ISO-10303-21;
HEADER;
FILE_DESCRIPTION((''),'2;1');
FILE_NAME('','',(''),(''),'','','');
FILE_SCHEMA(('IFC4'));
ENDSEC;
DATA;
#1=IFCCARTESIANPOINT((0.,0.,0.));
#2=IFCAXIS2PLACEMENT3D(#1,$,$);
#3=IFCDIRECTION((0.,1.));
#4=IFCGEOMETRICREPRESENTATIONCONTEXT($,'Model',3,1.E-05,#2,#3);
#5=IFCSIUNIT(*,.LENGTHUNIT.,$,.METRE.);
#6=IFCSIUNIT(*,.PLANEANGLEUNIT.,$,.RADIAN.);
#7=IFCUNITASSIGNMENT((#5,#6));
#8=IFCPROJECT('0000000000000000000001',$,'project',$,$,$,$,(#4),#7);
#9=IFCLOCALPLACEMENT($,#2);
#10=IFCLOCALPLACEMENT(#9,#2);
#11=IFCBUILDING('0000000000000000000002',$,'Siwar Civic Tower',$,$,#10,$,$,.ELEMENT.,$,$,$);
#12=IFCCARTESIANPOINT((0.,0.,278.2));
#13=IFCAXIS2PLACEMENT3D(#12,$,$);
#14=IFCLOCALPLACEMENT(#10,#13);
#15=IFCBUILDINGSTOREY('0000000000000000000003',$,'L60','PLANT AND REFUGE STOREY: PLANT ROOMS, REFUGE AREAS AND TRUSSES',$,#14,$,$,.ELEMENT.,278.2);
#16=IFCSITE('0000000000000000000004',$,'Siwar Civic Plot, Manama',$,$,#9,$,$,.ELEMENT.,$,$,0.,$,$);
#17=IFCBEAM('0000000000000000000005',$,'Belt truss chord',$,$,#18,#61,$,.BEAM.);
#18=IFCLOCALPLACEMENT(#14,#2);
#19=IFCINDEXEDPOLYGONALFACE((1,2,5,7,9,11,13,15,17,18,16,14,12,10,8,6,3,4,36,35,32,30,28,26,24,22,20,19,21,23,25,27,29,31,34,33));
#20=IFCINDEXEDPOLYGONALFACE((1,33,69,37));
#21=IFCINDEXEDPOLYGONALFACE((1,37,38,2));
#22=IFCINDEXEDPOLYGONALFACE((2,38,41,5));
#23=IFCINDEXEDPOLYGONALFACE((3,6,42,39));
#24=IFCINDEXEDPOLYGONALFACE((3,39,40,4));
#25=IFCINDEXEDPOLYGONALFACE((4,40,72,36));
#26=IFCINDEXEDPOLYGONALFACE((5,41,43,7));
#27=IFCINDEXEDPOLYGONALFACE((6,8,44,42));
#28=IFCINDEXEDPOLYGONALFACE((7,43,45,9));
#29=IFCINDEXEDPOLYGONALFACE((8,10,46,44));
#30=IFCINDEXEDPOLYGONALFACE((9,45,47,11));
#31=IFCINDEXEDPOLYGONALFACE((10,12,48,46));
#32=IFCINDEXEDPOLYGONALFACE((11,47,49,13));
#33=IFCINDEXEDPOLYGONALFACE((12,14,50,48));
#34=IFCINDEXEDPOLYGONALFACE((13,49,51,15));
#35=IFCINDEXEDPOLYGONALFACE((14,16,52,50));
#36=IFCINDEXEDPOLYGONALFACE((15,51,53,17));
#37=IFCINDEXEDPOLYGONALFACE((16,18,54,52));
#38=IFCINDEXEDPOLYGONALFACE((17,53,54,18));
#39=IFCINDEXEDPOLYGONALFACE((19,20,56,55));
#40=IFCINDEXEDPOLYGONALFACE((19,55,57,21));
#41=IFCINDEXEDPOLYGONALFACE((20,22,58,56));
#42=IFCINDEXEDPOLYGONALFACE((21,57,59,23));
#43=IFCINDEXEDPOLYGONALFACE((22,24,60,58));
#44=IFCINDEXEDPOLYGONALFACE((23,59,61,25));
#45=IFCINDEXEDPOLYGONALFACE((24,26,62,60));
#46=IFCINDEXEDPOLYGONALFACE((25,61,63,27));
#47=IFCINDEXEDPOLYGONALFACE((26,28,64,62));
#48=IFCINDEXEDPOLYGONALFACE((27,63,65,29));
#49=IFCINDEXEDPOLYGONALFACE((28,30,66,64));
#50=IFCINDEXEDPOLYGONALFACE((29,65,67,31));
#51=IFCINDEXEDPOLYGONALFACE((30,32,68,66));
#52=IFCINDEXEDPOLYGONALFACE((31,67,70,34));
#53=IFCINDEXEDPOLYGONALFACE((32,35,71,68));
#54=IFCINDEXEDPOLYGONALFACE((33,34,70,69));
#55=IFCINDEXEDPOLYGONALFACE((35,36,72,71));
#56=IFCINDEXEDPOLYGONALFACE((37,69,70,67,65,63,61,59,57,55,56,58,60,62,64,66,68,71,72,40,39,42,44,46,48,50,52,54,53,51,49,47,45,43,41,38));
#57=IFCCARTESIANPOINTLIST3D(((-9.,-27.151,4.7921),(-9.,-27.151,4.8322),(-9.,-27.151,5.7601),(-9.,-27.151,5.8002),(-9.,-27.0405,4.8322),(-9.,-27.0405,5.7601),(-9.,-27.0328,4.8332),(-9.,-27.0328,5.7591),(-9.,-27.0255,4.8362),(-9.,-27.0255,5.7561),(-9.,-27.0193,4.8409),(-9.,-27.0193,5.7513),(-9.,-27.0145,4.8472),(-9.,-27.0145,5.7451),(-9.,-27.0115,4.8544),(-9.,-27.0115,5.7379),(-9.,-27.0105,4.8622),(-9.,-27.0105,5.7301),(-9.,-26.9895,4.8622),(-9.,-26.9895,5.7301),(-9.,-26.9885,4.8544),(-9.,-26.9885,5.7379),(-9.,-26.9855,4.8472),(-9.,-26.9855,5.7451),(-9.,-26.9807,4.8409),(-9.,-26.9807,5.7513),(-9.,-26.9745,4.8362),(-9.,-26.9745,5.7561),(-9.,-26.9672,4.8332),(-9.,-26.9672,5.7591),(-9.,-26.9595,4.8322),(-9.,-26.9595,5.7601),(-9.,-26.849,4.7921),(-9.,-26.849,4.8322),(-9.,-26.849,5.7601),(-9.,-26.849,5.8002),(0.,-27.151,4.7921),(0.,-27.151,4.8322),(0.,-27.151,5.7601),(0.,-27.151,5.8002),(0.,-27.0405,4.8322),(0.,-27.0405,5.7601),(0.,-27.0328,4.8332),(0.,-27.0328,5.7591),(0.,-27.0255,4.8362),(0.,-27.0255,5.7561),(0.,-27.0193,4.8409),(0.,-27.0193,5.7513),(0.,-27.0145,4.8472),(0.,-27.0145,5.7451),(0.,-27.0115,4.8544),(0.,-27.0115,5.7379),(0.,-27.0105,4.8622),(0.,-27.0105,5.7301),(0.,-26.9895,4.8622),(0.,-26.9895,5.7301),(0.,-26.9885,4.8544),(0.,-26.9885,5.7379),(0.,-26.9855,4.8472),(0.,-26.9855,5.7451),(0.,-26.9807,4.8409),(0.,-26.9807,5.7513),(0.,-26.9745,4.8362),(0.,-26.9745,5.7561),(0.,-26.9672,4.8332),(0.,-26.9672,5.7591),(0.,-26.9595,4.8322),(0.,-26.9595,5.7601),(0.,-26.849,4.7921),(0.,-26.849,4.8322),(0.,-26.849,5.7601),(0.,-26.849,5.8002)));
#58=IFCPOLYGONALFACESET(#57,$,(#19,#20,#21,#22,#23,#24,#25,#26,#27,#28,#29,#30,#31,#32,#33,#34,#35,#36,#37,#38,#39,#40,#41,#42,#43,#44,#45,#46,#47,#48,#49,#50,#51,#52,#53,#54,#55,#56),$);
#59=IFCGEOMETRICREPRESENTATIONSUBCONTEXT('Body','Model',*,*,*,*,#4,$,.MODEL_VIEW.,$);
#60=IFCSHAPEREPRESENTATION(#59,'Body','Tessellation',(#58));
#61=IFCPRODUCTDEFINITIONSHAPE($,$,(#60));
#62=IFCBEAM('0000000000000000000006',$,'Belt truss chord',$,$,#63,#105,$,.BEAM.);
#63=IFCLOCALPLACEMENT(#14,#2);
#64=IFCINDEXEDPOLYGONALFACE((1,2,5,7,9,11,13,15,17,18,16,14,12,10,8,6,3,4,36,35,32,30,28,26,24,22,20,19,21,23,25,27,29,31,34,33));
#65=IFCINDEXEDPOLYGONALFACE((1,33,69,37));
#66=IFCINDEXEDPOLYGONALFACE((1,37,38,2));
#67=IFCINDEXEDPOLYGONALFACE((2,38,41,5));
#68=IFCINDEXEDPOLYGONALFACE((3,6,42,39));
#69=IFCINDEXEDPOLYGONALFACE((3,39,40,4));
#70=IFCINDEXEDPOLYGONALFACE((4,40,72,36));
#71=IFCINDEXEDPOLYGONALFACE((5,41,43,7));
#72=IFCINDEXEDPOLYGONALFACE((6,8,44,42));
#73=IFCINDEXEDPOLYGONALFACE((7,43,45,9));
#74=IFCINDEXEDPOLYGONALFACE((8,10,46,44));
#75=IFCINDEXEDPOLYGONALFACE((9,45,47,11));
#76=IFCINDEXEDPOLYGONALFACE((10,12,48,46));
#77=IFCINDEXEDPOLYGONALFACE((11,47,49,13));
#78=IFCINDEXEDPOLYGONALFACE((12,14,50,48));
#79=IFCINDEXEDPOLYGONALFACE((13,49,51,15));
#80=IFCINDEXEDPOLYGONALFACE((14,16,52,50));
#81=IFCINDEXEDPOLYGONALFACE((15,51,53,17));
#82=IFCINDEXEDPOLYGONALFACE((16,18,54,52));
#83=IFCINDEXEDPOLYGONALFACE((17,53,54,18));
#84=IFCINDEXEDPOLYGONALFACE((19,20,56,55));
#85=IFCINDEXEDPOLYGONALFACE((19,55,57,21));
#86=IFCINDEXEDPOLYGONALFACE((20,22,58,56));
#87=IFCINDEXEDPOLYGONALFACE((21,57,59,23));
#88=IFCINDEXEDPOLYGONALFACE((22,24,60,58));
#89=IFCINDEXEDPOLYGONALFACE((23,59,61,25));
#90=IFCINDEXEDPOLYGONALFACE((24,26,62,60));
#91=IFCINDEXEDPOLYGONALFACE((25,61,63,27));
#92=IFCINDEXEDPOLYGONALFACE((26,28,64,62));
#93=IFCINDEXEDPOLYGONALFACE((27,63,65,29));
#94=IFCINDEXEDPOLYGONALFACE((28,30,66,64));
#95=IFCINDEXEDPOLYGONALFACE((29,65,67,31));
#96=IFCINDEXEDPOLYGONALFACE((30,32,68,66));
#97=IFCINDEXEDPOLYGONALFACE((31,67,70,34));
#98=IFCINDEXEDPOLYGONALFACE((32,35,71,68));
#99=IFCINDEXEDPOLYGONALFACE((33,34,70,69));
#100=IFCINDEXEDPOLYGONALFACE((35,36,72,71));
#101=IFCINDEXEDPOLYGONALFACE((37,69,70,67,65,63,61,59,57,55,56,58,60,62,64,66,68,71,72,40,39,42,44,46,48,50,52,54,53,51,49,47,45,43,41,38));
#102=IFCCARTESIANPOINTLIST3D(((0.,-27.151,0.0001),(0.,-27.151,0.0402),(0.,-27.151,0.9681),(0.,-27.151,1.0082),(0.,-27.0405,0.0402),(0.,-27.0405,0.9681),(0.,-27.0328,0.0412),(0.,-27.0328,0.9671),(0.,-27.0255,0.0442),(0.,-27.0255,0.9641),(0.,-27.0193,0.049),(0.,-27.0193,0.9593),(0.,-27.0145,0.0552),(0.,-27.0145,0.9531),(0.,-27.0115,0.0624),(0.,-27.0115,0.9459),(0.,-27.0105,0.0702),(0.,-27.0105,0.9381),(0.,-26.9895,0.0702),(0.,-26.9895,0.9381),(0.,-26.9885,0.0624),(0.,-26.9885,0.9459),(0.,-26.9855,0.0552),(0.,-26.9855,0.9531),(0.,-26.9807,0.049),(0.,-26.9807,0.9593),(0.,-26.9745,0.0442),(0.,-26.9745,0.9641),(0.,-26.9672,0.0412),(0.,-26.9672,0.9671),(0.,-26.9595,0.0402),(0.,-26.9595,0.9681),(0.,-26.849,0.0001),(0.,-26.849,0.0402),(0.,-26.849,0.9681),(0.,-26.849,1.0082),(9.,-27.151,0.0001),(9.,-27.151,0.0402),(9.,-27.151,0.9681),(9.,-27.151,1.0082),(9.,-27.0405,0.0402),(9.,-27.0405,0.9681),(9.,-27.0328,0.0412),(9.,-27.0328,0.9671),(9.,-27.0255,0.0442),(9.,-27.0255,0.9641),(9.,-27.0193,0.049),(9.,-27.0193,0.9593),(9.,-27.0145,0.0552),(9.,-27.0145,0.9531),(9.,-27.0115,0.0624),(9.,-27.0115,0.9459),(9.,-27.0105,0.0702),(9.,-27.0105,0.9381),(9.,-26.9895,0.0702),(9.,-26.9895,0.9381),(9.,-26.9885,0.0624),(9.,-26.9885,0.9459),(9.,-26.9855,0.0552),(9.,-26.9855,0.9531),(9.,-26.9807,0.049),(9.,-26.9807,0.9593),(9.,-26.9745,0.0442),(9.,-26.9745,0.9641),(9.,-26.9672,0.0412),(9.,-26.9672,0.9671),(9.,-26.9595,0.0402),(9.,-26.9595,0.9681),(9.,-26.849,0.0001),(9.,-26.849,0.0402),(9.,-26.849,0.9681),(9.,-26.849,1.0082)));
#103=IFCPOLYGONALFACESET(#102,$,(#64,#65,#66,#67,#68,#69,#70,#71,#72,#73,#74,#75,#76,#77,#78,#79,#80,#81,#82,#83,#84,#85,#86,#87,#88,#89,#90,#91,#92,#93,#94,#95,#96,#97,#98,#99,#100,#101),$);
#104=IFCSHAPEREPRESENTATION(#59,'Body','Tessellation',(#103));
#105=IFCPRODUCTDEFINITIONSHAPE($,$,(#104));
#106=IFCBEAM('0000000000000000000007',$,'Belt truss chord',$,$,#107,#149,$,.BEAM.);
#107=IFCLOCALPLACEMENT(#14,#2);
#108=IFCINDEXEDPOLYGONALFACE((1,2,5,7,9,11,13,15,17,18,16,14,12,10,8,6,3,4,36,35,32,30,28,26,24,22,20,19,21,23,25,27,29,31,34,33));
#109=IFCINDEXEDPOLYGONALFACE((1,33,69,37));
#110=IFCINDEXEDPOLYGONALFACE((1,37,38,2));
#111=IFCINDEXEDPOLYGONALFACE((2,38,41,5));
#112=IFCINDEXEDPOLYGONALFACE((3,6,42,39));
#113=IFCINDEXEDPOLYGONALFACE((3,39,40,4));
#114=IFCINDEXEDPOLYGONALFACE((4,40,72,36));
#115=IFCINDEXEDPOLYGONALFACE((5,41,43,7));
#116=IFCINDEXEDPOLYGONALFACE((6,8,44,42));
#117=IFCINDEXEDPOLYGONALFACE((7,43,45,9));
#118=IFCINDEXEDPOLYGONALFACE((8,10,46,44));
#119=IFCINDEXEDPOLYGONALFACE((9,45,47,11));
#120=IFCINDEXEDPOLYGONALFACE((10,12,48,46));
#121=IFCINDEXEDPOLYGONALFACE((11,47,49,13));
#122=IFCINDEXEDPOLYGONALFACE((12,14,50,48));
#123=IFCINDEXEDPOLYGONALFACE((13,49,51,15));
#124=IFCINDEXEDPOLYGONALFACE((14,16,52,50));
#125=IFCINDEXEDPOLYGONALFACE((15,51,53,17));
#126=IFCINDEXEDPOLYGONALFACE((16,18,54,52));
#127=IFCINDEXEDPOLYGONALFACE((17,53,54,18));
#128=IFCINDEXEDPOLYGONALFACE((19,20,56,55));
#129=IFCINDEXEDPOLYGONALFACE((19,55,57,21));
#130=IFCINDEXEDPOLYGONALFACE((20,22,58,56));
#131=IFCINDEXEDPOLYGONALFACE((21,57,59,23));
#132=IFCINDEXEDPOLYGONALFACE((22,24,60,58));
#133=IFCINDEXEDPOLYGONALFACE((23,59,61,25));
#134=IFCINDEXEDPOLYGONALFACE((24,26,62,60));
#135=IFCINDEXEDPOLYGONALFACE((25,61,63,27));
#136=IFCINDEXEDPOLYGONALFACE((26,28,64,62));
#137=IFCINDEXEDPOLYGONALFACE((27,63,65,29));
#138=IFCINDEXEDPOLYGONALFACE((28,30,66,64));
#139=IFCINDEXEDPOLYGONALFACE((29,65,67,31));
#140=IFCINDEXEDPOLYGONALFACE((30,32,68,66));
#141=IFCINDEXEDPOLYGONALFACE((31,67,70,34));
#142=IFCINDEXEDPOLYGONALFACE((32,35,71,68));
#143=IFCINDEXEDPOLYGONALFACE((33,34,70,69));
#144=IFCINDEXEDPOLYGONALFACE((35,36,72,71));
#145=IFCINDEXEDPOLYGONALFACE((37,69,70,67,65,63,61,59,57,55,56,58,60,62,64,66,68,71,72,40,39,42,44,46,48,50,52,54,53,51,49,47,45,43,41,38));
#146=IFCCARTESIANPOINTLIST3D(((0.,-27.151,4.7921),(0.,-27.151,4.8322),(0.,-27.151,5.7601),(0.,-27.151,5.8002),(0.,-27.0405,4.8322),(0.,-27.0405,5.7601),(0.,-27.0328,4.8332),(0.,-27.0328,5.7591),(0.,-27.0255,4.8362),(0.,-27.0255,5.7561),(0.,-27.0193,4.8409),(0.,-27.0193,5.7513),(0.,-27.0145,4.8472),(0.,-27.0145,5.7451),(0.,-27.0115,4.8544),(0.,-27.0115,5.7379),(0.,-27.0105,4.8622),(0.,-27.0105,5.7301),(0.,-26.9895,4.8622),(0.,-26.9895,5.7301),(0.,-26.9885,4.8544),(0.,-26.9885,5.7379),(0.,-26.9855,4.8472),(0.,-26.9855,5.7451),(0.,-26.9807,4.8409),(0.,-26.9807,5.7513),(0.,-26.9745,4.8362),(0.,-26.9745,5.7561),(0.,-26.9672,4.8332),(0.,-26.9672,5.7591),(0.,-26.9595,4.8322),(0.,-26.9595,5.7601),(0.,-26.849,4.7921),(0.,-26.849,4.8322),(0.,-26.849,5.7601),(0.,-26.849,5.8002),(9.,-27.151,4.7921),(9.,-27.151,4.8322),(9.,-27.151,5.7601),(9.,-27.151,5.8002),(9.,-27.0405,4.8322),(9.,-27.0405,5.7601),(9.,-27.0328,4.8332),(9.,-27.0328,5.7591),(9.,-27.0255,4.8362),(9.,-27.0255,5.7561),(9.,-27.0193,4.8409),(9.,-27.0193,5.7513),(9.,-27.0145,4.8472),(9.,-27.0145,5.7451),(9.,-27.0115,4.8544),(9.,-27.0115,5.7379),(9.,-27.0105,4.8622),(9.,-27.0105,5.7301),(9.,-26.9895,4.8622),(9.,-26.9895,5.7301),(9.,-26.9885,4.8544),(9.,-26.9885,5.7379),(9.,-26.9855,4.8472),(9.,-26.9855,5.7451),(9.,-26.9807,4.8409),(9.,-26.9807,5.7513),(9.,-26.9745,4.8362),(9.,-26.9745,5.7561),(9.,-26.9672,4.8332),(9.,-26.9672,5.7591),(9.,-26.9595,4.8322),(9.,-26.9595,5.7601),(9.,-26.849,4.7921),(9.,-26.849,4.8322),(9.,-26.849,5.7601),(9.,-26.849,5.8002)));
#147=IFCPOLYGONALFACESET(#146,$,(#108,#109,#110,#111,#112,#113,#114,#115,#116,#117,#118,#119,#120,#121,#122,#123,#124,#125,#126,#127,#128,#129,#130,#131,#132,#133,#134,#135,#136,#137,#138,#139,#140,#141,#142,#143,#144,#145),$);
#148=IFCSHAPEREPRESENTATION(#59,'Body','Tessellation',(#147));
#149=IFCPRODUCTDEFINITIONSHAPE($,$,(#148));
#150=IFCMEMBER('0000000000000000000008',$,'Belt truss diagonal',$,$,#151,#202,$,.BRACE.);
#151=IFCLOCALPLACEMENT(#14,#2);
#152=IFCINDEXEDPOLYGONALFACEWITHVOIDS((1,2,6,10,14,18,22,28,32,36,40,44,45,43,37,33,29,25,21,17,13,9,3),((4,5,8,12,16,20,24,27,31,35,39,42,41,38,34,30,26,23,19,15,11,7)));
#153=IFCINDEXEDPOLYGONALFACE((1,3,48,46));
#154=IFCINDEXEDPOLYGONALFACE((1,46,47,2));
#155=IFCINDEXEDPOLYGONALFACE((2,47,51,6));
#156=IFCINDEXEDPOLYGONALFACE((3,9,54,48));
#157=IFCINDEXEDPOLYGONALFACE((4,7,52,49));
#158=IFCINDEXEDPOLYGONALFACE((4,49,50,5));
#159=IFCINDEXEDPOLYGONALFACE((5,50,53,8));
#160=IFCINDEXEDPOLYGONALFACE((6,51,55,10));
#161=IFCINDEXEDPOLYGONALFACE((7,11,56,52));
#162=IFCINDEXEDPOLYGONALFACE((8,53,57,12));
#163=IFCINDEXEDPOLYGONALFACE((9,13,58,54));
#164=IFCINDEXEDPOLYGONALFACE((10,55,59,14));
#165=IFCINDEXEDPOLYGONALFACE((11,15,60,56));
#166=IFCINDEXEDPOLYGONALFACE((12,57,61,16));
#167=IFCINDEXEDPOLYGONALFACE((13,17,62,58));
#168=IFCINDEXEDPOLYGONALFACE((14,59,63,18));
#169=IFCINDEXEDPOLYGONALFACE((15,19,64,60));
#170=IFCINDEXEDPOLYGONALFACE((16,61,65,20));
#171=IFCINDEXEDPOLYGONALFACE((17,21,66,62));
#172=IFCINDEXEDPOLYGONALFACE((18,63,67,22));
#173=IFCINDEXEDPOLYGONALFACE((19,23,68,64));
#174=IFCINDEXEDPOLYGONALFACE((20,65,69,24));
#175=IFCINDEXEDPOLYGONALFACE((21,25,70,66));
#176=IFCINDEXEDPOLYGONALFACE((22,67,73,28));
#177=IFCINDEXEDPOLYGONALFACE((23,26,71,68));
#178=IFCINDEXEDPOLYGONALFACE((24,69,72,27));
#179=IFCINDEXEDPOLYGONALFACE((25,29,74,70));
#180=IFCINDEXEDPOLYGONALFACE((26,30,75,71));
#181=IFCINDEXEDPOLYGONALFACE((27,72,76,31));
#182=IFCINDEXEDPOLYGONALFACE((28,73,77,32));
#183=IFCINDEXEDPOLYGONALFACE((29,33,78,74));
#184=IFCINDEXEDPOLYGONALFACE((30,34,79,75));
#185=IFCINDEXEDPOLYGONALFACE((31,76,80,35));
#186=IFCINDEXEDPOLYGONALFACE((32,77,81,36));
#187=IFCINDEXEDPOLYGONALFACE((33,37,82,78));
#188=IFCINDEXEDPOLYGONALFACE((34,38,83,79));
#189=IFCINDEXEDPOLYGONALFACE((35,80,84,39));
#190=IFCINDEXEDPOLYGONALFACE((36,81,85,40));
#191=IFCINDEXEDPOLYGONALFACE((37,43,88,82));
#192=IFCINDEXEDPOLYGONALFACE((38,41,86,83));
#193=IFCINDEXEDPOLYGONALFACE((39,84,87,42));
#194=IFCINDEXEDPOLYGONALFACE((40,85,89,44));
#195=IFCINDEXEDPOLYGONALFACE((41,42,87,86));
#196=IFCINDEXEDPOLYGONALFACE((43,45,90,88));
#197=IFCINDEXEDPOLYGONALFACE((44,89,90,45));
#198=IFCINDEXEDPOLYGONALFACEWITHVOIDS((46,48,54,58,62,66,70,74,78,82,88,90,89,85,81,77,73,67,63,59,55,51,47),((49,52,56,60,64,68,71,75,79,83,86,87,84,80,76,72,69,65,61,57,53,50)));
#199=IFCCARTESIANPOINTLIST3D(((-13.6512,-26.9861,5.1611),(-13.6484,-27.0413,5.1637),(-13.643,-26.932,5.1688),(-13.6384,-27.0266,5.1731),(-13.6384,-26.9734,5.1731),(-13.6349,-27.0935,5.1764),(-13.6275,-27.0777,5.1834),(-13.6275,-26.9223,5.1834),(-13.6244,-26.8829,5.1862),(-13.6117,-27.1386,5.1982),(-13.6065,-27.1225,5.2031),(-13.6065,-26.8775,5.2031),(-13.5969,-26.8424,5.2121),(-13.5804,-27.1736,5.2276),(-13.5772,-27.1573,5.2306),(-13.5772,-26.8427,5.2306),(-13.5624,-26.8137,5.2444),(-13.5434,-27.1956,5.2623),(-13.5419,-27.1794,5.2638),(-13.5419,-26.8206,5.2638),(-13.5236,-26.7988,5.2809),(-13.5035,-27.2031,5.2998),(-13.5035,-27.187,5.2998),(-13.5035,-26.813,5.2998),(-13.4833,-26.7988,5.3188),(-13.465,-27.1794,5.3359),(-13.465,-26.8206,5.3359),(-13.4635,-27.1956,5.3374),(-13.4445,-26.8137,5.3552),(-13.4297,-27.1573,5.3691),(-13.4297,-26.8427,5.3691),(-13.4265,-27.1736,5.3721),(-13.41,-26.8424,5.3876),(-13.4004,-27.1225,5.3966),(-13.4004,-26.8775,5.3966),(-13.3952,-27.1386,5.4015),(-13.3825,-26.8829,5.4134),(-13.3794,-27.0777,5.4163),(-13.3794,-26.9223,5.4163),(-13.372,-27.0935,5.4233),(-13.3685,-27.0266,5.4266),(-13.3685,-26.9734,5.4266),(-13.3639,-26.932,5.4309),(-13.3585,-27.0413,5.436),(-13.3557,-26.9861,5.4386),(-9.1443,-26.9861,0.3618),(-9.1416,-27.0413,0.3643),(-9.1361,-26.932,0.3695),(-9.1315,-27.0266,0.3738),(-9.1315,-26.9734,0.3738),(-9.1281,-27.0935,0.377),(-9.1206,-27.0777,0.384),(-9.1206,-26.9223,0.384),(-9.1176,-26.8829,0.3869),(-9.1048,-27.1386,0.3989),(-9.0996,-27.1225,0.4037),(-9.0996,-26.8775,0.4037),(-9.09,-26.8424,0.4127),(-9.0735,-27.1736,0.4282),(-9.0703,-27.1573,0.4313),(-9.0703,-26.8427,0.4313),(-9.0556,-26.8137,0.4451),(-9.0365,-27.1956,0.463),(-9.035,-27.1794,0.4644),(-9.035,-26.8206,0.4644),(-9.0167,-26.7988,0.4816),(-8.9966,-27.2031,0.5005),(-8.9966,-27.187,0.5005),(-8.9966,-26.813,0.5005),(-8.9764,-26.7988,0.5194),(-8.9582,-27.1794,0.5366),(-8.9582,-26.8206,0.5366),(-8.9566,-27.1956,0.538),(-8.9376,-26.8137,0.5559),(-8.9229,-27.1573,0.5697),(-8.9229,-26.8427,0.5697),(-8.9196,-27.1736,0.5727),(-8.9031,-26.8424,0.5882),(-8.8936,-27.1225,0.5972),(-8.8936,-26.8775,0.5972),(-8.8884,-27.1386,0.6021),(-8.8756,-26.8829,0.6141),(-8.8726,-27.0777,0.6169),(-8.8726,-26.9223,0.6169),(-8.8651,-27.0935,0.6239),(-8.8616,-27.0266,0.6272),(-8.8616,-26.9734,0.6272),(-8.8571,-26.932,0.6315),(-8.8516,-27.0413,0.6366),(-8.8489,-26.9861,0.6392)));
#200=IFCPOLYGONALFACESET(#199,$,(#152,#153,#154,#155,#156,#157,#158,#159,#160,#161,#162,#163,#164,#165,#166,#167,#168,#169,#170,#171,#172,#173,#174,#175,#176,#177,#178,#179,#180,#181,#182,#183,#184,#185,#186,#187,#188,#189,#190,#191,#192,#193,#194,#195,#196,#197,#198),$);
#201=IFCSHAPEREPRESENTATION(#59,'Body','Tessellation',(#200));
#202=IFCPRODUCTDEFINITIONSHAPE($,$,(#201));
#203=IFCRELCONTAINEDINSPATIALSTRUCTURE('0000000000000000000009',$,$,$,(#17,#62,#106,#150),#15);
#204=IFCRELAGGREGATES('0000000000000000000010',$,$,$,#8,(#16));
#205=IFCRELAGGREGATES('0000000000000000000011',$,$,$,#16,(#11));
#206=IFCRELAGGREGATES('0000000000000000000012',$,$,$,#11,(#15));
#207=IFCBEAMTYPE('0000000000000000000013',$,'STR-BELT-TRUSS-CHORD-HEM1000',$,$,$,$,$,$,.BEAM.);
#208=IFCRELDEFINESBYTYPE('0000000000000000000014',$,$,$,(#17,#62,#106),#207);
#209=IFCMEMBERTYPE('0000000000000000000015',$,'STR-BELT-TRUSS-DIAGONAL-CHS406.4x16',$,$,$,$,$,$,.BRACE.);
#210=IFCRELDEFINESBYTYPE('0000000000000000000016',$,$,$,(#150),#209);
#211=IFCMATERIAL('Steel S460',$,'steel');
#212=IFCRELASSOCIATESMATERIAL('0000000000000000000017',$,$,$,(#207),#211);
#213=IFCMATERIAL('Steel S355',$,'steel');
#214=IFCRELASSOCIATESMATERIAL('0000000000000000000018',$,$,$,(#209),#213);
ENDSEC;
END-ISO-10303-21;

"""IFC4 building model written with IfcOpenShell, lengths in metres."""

from ifc_helpers import new_model, si_unit, direction, frame, origin, origin_2d, place, context, subcontext, project, spatial, hollow_circle, i_section, extrude, material, material_profile, profile_set, type_object, element, save


model = new_model("IFC4")

# Units and contexts
model_context = context("Model", 3, precision=1e-05, world=origin(), true_north=direction((0.0, 1.0)))
body_context = subcontext(model_context, "Body", "Model", "MODEL_VIEW")
ifc_project = project(units=[si_unit("LENGTHUNIT", "METRE"), si_unit("PLANEANGLEUNIT", "RADIAN")], contexts=[model_context])

# Site, building, storey
site_placement = place(None, origin())
site = spatial("IfcSite", under=ifc_project, at=site_placement, Name="Siwar Civic Plot, Manama", CompositionType="ELEMENT", RefElevation=0.0)
building_placement = place(site_placement, origin())
building = spatial("IfcBuilding", under=site, at=building_placement, Name="Siwar Civic Tower", CompositionType="ELEMENT")
storey_placement = place(building_placement, frame((0.0, 0.0, 278.2)))
storey = spatial("IfcBuildingStorey", under=building, at=storey_placement, Name="L60", Description="PLANT AND REFUGE STOREY: PLANT ROOMS, REFUGE AREAS AND TRUSSES", CompositionType="ELEMENT", Elevation=278.2)

# Beams
ifc_material_1 = material(Name="Steel S460", Category="steel")
ifc_material_profile_1 = material_profile(ifc_material_1, i_section(OverallWidth=0.302, OverallDepth=1.0081, WebThickness=0.021, FlangeThickness=0.04, FilletRadius=0.03, at=origin_2d()), Name="HEM1000")
ifc_profile_set_1 = profile_set([ifc_material_profile_1], Name="Steel S460")
beam_type_1 = type_object("IfcBeamType", Name="STR-BELT-TRUSS-CHORD-HEM1000", PredefinedType="BEAM", material=ifc_profile_set_1)
for number, where, z_axis, x_axis, name in (
    (1, (-9.0, -27.0, 5.2961), (1.0, 0.0, 0.0), (0.0, 1.0, 0.0), "Belt truss chord"),
    (2, (0.0, -27.0, 0.5042), (1.0, 0.0, 0.0), (0.0, 1.0, 0.0), "Belt truss chord"),
    (3, (0.0, -27.0, 5.2961), (1.0, 0.0, 0.0), (0.0, 1.0, 0.0), "Belt truss chord"),
):
    element("IfcBeam", number, at=place(storey_placement, frame(where, z_axis=z_axis, x_axis=x_axis)), inside=storey, type_object=beam_type_1, Name=name, PredefinedType="BEAM", context=body_context, shape_type="SweptSolid", body=[
        extrude(i_section(OverallWidth=0.302, OverallDepth=1.0081, WebThickness=0.021, FlangeThickness=0.04, FilletRadius=0.03, at=origin_2d()), origin(), (0.0, 0.0, 1.0), 9.0),
    ])

# Member
ifc_material_2 = material(Name="Steel S355", Category="steel")
ifc_material_profile_2 = material_profile(ifc_material_2, hollow_circle(Radius=0.2031, WallThickness=0.0161, at=origin_2d()), Name="CHS406.4x16")
ifc_profile_set_2 = profile_set([ifc_material_profile_2], Name="Steel S355")
member_type_1 = type_object("IfcMemberType", Name="STR-BELT-TRUSS-DIAGONAL-CHS406.4x16", PredefinedType="BRACE", material=ifc_profile_set_2)
for number, where, z_axis, x_axis, name in (
    (4, (-8.9966, -27.0, 0.5005), (-0.684545, 0.0, 0.72897), (0.0, -1.0, 0.0), "Belt truss diagonal"),
):
    element("IfcMember", number, at=place(storey_placement, frame(where, z_axis=z_axis, x_axis=x_axis)), inside=storey, type_object=member_type_1, Name=name, PredefinedType="BRACE", context=body_context, shape_type="SweptSolid", body=[
        extrude(hollow_circle(Radius=0.2031, WallThickness=0.0161, at=origin_2d()), origin(), (0.0, 0.0, 1.0), 6.5837),
    ])

save(model, "model.ifc")
